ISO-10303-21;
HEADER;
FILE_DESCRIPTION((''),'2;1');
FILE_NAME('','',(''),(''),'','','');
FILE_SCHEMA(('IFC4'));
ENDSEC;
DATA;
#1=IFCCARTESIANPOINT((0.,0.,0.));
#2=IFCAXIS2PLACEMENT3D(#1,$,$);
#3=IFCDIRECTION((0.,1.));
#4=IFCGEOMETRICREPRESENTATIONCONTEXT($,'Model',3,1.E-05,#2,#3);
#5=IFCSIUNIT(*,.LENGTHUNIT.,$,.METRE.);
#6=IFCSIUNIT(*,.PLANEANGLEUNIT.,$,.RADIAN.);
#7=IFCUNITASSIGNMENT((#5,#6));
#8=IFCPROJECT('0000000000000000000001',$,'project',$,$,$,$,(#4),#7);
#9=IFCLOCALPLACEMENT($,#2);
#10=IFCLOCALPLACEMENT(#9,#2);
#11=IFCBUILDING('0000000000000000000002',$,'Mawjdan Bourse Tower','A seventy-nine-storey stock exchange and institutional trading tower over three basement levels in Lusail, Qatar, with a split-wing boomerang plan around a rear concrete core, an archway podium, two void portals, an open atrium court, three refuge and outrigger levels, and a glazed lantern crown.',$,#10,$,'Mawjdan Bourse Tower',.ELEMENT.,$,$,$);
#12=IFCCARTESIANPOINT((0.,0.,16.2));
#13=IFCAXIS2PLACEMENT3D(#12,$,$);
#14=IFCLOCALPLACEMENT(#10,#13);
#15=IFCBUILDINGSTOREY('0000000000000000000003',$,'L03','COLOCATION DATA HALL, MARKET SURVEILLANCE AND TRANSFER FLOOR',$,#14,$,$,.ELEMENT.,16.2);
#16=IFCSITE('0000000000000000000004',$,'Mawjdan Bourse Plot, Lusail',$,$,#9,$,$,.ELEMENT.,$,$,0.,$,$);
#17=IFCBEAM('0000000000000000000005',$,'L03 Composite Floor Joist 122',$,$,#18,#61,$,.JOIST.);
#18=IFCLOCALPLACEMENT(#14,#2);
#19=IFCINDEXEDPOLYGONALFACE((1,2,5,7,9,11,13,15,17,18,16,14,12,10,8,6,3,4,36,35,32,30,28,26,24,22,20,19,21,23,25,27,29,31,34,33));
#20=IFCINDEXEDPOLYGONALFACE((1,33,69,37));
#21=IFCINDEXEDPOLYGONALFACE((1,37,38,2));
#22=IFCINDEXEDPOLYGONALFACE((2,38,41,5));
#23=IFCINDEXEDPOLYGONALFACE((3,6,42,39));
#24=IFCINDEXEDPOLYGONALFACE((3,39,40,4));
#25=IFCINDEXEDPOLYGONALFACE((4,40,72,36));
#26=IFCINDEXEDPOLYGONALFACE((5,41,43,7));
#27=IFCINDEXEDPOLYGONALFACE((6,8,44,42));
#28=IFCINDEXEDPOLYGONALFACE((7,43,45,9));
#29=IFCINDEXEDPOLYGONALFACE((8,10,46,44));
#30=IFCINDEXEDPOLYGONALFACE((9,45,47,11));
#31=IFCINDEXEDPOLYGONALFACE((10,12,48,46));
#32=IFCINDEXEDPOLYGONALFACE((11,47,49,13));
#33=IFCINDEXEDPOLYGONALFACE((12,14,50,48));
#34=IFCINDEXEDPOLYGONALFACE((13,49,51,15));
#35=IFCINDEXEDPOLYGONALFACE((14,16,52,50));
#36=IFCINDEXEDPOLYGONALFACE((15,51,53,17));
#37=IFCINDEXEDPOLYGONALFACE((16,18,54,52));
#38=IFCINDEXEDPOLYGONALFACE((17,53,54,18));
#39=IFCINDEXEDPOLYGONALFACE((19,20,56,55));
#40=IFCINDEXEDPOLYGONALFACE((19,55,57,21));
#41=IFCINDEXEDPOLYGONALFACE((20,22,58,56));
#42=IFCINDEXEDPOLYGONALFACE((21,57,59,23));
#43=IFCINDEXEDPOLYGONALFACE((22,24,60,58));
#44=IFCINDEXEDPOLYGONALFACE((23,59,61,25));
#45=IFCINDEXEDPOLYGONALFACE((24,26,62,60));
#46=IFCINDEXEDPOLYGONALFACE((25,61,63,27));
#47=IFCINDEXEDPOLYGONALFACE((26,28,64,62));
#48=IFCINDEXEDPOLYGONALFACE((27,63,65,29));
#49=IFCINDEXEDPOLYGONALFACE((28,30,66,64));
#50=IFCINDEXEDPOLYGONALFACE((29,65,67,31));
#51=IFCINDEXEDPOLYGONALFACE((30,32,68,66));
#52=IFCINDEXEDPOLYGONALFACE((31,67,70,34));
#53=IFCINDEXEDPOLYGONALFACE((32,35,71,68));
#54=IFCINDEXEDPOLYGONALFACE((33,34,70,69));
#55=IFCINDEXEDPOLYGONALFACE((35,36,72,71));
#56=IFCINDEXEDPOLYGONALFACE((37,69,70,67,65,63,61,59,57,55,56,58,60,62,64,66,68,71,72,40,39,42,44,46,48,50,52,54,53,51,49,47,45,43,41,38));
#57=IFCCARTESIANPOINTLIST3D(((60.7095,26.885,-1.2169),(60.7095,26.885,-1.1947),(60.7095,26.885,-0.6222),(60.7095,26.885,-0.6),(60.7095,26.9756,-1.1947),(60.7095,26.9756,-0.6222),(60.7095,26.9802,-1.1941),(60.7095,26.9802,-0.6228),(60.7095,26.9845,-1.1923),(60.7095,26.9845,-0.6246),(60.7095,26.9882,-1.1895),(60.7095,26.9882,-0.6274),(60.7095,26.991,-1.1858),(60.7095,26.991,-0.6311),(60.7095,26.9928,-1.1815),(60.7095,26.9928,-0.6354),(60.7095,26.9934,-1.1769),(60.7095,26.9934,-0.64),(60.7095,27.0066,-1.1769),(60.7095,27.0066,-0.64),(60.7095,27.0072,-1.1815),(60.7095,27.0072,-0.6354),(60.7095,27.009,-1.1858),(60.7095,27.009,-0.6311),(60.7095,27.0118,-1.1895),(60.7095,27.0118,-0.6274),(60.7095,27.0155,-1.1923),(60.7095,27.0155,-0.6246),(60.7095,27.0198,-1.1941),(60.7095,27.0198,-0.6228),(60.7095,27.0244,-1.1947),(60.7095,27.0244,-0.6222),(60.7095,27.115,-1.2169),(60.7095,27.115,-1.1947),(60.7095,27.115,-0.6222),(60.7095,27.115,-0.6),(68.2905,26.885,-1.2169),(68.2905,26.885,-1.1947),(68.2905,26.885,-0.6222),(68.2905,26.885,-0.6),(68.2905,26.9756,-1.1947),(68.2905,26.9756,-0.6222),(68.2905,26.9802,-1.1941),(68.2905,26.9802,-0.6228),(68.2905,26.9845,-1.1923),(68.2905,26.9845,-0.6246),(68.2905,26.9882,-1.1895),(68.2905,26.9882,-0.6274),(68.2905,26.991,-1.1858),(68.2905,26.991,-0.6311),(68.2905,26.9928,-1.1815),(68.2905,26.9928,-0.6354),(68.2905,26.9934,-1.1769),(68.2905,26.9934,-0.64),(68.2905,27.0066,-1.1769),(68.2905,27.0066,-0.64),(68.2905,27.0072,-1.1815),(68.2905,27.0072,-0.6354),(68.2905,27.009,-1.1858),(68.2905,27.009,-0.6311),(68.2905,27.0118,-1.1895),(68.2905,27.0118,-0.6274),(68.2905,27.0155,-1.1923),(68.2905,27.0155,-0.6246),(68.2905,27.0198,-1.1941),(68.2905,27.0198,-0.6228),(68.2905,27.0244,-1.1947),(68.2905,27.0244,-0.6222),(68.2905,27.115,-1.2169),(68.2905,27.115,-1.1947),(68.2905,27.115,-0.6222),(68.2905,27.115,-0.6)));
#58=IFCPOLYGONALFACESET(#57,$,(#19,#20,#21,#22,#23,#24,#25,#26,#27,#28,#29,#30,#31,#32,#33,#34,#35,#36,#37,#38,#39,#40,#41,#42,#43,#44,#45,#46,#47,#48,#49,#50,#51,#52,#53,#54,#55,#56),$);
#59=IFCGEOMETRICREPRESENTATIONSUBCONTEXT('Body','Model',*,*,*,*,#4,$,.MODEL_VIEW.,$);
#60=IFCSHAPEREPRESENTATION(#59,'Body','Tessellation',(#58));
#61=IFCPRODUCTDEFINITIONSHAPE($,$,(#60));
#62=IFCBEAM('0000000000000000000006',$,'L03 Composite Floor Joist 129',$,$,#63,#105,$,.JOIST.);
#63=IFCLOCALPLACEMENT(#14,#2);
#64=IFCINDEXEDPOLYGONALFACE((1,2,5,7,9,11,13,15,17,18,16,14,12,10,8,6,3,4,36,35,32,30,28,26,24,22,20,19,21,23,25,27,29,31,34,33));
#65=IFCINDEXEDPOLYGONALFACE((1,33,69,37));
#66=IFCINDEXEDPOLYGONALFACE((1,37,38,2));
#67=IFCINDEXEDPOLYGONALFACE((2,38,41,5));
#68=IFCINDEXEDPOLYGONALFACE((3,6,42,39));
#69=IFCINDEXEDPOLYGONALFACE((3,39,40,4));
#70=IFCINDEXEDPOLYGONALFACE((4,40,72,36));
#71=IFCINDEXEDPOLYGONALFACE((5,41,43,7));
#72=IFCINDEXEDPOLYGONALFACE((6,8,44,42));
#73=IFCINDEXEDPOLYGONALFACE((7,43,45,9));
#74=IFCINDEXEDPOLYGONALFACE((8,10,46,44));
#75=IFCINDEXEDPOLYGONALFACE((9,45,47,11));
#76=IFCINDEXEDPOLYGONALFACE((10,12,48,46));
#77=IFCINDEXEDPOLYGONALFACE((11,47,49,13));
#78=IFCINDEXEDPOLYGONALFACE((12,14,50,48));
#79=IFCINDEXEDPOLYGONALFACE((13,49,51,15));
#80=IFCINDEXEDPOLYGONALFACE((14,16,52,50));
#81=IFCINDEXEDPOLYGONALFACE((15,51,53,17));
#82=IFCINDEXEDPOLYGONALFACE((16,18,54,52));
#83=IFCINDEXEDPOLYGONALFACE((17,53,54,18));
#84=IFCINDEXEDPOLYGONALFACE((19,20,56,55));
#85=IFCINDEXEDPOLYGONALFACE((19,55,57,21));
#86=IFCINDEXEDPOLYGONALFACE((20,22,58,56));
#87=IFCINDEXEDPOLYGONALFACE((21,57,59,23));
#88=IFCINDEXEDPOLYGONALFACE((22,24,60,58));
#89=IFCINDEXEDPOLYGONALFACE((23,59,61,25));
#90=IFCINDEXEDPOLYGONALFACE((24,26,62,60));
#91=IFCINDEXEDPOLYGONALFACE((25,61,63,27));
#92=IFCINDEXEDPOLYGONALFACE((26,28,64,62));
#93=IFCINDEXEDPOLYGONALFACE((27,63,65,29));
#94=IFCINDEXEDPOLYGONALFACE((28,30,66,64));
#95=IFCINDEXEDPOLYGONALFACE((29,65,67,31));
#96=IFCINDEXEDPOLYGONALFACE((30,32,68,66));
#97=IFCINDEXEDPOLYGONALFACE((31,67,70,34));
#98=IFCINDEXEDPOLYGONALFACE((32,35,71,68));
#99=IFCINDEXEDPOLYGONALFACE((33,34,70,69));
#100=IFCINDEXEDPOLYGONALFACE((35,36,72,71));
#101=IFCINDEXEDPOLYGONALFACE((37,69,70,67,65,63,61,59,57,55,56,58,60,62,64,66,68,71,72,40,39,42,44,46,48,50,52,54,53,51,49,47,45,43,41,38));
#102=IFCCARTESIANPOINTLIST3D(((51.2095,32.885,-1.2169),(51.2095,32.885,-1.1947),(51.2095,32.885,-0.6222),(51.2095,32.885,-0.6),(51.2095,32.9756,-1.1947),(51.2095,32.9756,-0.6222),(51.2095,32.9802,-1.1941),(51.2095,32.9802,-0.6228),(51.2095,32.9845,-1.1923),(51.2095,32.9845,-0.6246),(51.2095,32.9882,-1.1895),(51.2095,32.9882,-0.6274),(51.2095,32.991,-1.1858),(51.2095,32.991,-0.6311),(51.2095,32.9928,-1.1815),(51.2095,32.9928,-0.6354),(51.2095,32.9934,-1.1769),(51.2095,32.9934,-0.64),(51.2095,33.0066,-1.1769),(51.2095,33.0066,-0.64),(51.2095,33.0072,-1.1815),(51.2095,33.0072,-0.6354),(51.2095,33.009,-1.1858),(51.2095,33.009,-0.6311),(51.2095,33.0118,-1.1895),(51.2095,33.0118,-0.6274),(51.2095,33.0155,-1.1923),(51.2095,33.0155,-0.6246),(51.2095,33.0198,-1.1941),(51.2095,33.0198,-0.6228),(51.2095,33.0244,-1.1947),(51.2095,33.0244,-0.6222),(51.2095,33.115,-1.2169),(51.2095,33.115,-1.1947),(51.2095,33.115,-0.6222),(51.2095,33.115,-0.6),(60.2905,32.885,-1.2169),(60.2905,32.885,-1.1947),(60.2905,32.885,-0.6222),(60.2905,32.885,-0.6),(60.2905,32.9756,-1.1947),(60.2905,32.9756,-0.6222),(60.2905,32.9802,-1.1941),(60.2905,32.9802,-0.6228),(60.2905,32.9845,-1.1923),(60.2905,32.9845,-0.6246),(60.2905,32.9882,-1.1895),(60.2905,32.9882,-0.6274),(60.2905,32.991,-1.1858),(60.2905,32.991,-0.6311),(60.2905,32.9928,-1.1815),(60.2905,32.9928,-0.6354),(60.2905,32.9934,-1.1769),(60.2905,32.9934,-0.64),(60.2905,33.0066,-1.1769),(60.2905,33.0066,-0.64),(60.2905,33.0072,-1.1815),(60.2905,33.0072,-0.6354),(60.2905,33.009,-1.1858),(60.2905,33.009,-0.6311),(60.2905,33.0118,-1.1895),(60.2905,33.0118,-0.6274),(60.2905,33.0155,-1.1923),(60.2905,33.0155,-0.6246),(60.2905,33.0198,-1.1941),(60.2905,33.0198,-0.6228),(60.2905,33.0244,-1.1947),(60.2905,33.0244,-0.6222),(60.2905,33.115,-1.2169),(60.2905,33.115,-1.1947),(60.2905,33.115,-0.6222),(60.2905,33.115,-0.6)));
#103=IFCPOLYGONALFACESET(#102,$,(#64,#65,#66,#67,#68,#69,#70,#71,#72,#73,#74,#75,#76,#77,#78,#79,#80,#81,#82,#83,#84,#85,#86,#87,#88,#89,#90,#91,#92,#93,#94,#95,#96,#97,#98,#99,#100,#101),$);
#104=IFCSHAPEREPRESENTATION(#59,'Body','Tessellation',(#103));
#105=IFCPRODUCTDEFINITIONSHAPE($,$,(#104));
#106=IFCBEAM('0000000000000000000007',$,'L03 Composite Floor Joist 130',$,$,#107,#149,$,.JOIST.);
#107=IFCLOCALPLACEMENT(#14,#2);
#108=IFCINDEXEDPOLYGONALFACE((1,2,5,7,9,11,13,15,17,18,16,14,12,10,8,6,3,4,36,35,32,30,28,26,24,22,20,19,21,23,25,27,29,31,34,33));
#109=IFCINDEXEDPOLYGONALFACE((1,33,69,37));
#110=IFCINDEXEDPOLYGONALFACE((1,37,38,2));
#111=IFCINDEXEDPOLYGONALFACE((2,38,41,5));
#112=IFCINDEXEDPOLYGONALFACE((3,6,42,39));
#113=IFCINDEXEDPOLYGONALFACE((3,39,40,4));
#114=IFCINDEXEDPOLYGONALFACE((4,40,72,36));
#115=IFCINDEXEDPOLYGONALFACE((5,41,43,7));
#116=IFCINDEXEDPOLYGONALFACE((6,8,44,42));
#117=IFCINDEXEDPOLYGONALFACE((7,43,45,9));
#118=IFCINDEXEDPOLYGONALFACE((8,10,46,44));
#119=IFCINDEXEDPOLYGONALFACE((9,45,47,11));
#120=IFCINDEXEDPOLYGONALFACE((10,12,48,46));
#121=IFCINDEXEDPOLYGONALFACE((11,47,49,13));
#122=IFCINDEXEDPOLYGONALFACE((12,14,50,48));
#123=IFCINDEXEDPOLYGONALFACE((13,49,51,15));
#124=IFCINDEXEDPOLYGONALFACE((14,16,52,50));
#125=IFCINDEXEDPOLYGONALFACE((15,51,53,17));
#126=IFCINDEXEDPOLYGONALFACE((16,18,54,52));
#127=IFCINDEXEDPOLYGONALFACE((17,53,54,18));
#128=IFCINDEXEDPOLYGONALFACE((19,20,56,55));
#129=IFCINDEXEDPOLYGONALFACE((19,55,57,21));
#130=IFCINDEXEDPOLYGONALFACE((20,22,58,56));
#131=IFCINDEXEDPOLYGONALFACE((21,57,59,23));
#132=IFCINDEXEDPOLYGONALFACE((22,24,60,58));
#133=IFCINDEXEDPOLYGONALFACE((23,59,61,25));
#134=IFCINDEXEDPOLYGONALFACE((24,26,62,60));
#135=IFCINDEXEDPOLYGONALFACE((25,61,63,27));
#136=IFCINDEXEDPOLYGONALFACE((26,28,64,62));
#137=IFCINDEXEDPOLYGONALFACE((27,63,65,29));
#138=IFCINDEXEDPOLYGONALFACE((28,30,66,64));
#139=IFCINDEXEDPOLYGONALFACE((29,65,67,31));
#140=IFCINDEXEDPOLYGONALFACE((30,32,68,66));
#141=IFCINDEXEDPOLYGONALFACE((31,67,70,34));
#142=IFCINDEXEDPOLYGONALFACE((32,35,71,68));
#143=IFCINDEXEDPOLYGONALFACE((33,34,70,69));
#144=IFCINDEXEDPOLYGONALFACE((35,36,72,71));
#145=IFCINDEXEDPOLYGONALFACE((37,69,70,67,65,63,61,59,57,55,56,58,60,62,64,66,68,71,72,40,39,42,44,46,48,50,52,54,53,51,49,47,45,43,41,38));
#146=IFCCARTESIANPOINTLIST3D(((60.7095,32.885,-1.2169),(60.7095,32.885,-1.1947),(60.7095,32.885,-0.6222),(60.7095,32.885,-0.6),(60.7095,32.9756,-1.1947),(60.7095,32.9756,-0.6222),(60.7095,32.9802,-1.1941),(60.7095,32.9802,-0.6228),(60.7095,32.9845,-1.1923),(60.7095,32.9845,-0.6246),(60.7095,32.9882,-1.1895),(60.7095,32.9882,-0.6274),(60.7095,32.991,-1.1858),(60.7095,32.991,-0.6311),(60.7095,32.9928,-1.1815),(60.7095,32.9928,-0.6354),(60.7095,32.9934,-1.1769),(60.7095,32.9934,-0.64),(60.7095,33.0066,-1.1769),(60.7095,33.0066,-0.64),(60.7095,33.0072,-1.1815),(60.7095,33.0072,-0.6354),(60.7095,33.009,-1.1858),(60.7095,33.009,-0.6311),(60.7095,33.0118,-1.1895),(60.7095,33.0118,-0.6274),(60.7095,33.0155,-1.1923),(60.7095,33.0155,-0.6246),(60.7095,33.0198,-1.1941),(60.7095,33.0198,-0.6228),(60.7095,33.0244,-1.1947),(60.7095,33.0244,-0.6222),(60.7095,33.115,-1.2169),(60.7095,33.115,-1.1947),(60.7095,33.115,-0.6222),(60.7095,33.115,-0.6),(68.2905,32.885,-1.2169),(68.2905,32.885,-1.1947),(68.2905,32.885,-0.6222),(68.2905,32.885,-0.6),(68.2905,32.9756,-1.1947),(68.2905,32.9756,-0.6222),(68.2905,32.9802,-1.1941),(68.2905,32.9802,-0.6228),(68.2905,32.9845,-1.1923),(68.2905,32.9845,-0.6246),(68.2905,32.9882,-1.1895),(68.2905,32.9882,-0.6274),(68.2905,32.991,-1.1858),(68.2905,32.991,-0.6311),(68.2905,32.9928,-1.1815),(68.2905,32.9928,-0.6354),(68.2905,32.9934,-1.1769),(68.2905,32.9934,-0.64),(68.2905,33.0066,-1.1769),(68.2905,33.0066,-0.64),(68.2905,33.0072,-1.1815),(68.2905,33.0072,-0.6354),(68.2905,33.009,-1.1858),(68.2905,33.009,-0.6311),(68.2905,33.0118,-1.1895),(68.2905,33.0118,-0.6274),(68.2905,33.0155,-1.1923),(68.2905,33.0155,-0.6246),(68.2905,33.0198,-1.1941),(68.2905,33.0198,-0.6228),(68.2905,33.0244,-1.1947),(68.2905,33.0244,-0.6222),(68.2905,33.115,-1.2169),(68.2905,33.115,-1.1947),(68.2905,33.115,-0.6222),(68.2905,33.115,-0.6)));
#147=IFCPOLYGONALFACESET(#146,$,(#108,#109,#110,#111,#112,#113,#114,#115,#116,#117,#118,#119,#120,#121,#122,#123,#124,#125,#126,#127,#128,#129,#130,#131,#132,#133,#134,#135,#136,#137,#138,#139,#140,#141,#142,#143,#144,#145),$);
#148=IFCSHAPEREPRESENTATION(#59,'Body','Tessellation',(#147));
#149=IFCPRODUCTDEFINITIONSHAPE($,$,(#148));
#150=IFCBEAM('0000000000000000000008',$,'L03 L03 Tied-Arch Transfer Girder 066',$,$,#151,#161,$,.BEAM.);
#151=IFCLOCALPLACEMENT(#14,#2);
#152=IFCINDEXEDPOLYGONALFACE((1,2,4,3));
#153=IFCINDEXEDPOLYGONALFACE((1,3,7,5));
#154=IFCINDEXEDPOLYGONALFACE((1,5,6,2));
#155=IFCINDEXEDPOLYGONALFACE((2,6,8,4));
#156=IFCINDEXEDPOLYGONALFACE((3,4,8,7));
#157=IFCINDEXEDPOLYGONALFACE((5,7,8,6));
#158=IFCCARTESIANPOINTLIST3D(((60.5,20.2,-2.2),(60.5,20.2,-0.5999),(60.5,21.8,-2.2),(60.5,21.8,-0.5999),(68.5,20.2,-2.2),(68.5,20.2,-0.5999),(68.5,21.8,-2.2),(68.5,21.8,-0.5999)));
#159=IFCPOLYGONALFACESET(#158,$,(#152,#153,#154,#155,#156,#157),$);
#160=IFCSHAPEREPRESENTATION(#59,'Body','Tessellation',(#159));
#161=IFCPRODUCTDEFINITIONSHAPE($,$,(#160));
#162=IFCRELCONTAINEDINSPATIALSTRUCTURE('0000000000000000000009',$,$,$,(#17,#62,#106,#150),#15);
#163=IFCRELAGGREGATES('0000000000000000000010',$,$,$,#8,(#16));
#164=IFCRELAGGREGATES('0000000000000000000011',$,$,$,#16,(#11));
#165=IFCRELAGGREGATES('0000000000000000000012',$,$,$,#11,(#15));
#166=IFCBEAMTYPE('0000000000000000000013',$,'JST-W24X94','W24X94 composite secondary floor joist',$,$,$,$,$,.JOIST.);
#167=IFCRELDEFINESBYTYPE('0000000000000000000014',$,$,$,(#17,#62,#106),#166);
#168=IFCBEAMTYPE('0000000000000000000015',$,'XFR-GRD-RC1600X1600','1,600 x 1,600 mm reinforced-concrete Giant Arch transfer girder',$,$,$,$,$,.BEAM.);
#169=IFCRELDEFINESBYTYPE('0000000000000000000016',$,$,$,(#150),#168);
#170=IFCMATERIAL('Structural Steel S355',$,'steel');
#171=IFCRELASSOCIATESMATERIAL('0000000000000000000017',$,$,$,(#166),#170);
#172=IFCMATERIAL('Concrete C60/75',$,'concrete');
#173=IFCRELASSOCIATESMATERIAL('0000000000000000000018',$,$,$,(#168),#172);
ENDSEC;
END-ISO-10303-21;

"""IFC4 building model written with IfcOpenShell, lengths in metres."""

from ifc_helpers import new_model, si_unit, direction, frame, origin, origin_2d, place, context, subcontext, project, spatial, rectangle, i_section, extrude, material, material_profile, profile_set, type_object, element, save


model = new_model("IFC4")

# Units and contexts
model_context = context("Model", 3, precision=1e-05, world=origin(), true_north=direction((0.0, 1.0)))
body_context = subcontext(model_context, "Body", "Model", "MODEL_VIEW")
ifc_project = project(units=[si_unit("LENGTHUNIT", "METRE"), si_unit("PLANEANGLEUNIT", "RADIAN")], contexts=[model_context])

# Site, building, storey
site_placement = place(None, origin())
site = spatial("IfcSite", under=ifc_project, at=site_placement, Name="Mawjdan Bourse Plot, Lusail", CompositionType="ELEMENT", RefElevation=0.0)
building_placement = place(site_placement, origin())
building = spatial("IfcBuilding", under=site, at=building_placement, Name="Mawjdan Bourse Tower", Description="A seventy-nine-storey stock exchange and institutional trading tower over three basement levels in Lusail, Qatar, with a split-wing boomerang plan around a rear concrete core, an archway podium, two void portals, an open atrium court, three refuge and outrigger levels, and a glazed lantern crown.", LongName="Mawjdan Bourse Tower", CompositionType="ELEMENT")
storey_placement = place(building_placement, frame((0.0, 0.0, 16.2)))
storey = spatial("IfcBuildingStorey", under=building, at=storey_placement, Name="L03", Description="COLOCATION DATA HALL, MARKET SURVEILLANCE AND TRANSFER FLOOR", CompositionType="ELEMENT", Elevation=16.2)

# Beams
ifc_material_1 = material(Name="Structural Steel S355", Category="steel")
ifc_material_profile_1 = material_profile(ifc_material_1, i_section(OverallWidth=0.23, OverallDepth=0.6169, WebThickness=0.0132, FlangeThickness=0.0222, FilletRadius=0.0178, at=origin_2d()), Name="W24X94")
ifc_profile_set_1 = profile_set([ifc_material_profile_1], Name="Structural Steel S355")
beam_type_1 = type_object("IfcBeamType", Name="JST-W24X94", Description="W24X94 composite secondary floor joist", PredefinedType="JOIST", material=ifc_profile_set_1)
beam_1_placement = place(storey_placement, frame((60.7095, 27.0, -0.9084), z_axis=(1.0, 0.0, 0.0), x_axis=(0.0, 1.0, 0.0)))
element("IfcBeam", 1, at=beam_1_placement, inside=storey, type_object=beam_type_1, Name="L03 Composite Floor Joist 122", PredefinedType="JOIST", context=body_context, shape_type="SweptSolid", body=[
    extrude(i_section(OverallWidth=0.23, OverallDepth=0.6169, WebThickness=0.0132, FlangeThickness=0.0222, FilletRadius=0.0178, at=origin_2d()), origin(), (0.0, 0.0, 1.0), 7.5811),
])
beam_2_placement = place(storey_placement, frame((51.2095, 33.0, -0.9084), z_axis=(1.0, 0.0, 0.0), x_axis=(0.0, 1.0, 0.0)))
element("IfcBeam", 2, at=beam_2_placement, inside=storey, type_object=beam_type_1, Name="L03 Composite Floor Joist 129", PredefinedType="JOIST", context=body_context, shape_type="SweptSolid", body=[
    extrude(i_section(OverallWidth=0.23, OverallDepth=0.6169, WebThickness=0.0132, FlangeThickness=0.0222, FilletRadius=0.0178, at=origin_2d()), origin(), (0.0, 0.0, 1.0), 9.0811),
])
beam_3_placement = place(storey_placement, frame((60.7095, 33.0, -0.9084), z_axis=(1.0, 0.0, 0.0), x_axis=(0.0, 1.0, 0.0)))
element("IfcBeam", 3, at=beam_3_placement, inside=storey, type_object=beam_type_1, Name="L03 Composite Floor Joist 130", PredefinedType="JOIST", context=body_context, shape_type="SweptSolid", body=[
    extrude(i_section(OverallWidth=0.23, OverallDepth=0.6169, WebThickness=0.0132, FlangeThickness=0.0222, FilletRadius=0.0178, at=origin_2d()), origin(), (0.0, 0.0, 1.0), 7.5811),
])
ifc_material_2 = material(Name="Concrete C60/75", Category="concrete")
ifc_material_profile_2 = material_profile(ifc_material_2, rectangle(XDim=1.6001, YDim=1.6001, at=origin_2d()), Name="RC1600X1600")
ifc_profile_set_2 = profile_set([ifc_material_profile_2], Name="Concrete C60/75")
beam_type_2 = type_object("IfcBeamType", Name="XFR-GRD-RC1600X1600", Description="1,600 x 1,600 mm reinforced-concrete Giant Arch transfer girder", PredefinedType="BEAM", material=ifc_profile_set_2)
beam_4_placement = place(storey_placement, frame((60.5, 21.0, -1.3999), z_axis=(1.0, 0.0, 0.0), x_axis=(0.0, 1.0, 0.0)))
element("IfcBeam", 4, at=beam_4_placement, inside=storey, type_object=beam_type_2, Name="L03 L03 Tied-Arch Transfer Girder 066", PredefinedType="BEAM", context=body_context, shape_type="SweptSolid", body=[
    extrude(rectangle(XDim=1.6001, YDim=1.6001, at=origin_2d()), origin(), (0.0, 0.0, 1.0), 8.0),
])

save(model, "model.ifc")
